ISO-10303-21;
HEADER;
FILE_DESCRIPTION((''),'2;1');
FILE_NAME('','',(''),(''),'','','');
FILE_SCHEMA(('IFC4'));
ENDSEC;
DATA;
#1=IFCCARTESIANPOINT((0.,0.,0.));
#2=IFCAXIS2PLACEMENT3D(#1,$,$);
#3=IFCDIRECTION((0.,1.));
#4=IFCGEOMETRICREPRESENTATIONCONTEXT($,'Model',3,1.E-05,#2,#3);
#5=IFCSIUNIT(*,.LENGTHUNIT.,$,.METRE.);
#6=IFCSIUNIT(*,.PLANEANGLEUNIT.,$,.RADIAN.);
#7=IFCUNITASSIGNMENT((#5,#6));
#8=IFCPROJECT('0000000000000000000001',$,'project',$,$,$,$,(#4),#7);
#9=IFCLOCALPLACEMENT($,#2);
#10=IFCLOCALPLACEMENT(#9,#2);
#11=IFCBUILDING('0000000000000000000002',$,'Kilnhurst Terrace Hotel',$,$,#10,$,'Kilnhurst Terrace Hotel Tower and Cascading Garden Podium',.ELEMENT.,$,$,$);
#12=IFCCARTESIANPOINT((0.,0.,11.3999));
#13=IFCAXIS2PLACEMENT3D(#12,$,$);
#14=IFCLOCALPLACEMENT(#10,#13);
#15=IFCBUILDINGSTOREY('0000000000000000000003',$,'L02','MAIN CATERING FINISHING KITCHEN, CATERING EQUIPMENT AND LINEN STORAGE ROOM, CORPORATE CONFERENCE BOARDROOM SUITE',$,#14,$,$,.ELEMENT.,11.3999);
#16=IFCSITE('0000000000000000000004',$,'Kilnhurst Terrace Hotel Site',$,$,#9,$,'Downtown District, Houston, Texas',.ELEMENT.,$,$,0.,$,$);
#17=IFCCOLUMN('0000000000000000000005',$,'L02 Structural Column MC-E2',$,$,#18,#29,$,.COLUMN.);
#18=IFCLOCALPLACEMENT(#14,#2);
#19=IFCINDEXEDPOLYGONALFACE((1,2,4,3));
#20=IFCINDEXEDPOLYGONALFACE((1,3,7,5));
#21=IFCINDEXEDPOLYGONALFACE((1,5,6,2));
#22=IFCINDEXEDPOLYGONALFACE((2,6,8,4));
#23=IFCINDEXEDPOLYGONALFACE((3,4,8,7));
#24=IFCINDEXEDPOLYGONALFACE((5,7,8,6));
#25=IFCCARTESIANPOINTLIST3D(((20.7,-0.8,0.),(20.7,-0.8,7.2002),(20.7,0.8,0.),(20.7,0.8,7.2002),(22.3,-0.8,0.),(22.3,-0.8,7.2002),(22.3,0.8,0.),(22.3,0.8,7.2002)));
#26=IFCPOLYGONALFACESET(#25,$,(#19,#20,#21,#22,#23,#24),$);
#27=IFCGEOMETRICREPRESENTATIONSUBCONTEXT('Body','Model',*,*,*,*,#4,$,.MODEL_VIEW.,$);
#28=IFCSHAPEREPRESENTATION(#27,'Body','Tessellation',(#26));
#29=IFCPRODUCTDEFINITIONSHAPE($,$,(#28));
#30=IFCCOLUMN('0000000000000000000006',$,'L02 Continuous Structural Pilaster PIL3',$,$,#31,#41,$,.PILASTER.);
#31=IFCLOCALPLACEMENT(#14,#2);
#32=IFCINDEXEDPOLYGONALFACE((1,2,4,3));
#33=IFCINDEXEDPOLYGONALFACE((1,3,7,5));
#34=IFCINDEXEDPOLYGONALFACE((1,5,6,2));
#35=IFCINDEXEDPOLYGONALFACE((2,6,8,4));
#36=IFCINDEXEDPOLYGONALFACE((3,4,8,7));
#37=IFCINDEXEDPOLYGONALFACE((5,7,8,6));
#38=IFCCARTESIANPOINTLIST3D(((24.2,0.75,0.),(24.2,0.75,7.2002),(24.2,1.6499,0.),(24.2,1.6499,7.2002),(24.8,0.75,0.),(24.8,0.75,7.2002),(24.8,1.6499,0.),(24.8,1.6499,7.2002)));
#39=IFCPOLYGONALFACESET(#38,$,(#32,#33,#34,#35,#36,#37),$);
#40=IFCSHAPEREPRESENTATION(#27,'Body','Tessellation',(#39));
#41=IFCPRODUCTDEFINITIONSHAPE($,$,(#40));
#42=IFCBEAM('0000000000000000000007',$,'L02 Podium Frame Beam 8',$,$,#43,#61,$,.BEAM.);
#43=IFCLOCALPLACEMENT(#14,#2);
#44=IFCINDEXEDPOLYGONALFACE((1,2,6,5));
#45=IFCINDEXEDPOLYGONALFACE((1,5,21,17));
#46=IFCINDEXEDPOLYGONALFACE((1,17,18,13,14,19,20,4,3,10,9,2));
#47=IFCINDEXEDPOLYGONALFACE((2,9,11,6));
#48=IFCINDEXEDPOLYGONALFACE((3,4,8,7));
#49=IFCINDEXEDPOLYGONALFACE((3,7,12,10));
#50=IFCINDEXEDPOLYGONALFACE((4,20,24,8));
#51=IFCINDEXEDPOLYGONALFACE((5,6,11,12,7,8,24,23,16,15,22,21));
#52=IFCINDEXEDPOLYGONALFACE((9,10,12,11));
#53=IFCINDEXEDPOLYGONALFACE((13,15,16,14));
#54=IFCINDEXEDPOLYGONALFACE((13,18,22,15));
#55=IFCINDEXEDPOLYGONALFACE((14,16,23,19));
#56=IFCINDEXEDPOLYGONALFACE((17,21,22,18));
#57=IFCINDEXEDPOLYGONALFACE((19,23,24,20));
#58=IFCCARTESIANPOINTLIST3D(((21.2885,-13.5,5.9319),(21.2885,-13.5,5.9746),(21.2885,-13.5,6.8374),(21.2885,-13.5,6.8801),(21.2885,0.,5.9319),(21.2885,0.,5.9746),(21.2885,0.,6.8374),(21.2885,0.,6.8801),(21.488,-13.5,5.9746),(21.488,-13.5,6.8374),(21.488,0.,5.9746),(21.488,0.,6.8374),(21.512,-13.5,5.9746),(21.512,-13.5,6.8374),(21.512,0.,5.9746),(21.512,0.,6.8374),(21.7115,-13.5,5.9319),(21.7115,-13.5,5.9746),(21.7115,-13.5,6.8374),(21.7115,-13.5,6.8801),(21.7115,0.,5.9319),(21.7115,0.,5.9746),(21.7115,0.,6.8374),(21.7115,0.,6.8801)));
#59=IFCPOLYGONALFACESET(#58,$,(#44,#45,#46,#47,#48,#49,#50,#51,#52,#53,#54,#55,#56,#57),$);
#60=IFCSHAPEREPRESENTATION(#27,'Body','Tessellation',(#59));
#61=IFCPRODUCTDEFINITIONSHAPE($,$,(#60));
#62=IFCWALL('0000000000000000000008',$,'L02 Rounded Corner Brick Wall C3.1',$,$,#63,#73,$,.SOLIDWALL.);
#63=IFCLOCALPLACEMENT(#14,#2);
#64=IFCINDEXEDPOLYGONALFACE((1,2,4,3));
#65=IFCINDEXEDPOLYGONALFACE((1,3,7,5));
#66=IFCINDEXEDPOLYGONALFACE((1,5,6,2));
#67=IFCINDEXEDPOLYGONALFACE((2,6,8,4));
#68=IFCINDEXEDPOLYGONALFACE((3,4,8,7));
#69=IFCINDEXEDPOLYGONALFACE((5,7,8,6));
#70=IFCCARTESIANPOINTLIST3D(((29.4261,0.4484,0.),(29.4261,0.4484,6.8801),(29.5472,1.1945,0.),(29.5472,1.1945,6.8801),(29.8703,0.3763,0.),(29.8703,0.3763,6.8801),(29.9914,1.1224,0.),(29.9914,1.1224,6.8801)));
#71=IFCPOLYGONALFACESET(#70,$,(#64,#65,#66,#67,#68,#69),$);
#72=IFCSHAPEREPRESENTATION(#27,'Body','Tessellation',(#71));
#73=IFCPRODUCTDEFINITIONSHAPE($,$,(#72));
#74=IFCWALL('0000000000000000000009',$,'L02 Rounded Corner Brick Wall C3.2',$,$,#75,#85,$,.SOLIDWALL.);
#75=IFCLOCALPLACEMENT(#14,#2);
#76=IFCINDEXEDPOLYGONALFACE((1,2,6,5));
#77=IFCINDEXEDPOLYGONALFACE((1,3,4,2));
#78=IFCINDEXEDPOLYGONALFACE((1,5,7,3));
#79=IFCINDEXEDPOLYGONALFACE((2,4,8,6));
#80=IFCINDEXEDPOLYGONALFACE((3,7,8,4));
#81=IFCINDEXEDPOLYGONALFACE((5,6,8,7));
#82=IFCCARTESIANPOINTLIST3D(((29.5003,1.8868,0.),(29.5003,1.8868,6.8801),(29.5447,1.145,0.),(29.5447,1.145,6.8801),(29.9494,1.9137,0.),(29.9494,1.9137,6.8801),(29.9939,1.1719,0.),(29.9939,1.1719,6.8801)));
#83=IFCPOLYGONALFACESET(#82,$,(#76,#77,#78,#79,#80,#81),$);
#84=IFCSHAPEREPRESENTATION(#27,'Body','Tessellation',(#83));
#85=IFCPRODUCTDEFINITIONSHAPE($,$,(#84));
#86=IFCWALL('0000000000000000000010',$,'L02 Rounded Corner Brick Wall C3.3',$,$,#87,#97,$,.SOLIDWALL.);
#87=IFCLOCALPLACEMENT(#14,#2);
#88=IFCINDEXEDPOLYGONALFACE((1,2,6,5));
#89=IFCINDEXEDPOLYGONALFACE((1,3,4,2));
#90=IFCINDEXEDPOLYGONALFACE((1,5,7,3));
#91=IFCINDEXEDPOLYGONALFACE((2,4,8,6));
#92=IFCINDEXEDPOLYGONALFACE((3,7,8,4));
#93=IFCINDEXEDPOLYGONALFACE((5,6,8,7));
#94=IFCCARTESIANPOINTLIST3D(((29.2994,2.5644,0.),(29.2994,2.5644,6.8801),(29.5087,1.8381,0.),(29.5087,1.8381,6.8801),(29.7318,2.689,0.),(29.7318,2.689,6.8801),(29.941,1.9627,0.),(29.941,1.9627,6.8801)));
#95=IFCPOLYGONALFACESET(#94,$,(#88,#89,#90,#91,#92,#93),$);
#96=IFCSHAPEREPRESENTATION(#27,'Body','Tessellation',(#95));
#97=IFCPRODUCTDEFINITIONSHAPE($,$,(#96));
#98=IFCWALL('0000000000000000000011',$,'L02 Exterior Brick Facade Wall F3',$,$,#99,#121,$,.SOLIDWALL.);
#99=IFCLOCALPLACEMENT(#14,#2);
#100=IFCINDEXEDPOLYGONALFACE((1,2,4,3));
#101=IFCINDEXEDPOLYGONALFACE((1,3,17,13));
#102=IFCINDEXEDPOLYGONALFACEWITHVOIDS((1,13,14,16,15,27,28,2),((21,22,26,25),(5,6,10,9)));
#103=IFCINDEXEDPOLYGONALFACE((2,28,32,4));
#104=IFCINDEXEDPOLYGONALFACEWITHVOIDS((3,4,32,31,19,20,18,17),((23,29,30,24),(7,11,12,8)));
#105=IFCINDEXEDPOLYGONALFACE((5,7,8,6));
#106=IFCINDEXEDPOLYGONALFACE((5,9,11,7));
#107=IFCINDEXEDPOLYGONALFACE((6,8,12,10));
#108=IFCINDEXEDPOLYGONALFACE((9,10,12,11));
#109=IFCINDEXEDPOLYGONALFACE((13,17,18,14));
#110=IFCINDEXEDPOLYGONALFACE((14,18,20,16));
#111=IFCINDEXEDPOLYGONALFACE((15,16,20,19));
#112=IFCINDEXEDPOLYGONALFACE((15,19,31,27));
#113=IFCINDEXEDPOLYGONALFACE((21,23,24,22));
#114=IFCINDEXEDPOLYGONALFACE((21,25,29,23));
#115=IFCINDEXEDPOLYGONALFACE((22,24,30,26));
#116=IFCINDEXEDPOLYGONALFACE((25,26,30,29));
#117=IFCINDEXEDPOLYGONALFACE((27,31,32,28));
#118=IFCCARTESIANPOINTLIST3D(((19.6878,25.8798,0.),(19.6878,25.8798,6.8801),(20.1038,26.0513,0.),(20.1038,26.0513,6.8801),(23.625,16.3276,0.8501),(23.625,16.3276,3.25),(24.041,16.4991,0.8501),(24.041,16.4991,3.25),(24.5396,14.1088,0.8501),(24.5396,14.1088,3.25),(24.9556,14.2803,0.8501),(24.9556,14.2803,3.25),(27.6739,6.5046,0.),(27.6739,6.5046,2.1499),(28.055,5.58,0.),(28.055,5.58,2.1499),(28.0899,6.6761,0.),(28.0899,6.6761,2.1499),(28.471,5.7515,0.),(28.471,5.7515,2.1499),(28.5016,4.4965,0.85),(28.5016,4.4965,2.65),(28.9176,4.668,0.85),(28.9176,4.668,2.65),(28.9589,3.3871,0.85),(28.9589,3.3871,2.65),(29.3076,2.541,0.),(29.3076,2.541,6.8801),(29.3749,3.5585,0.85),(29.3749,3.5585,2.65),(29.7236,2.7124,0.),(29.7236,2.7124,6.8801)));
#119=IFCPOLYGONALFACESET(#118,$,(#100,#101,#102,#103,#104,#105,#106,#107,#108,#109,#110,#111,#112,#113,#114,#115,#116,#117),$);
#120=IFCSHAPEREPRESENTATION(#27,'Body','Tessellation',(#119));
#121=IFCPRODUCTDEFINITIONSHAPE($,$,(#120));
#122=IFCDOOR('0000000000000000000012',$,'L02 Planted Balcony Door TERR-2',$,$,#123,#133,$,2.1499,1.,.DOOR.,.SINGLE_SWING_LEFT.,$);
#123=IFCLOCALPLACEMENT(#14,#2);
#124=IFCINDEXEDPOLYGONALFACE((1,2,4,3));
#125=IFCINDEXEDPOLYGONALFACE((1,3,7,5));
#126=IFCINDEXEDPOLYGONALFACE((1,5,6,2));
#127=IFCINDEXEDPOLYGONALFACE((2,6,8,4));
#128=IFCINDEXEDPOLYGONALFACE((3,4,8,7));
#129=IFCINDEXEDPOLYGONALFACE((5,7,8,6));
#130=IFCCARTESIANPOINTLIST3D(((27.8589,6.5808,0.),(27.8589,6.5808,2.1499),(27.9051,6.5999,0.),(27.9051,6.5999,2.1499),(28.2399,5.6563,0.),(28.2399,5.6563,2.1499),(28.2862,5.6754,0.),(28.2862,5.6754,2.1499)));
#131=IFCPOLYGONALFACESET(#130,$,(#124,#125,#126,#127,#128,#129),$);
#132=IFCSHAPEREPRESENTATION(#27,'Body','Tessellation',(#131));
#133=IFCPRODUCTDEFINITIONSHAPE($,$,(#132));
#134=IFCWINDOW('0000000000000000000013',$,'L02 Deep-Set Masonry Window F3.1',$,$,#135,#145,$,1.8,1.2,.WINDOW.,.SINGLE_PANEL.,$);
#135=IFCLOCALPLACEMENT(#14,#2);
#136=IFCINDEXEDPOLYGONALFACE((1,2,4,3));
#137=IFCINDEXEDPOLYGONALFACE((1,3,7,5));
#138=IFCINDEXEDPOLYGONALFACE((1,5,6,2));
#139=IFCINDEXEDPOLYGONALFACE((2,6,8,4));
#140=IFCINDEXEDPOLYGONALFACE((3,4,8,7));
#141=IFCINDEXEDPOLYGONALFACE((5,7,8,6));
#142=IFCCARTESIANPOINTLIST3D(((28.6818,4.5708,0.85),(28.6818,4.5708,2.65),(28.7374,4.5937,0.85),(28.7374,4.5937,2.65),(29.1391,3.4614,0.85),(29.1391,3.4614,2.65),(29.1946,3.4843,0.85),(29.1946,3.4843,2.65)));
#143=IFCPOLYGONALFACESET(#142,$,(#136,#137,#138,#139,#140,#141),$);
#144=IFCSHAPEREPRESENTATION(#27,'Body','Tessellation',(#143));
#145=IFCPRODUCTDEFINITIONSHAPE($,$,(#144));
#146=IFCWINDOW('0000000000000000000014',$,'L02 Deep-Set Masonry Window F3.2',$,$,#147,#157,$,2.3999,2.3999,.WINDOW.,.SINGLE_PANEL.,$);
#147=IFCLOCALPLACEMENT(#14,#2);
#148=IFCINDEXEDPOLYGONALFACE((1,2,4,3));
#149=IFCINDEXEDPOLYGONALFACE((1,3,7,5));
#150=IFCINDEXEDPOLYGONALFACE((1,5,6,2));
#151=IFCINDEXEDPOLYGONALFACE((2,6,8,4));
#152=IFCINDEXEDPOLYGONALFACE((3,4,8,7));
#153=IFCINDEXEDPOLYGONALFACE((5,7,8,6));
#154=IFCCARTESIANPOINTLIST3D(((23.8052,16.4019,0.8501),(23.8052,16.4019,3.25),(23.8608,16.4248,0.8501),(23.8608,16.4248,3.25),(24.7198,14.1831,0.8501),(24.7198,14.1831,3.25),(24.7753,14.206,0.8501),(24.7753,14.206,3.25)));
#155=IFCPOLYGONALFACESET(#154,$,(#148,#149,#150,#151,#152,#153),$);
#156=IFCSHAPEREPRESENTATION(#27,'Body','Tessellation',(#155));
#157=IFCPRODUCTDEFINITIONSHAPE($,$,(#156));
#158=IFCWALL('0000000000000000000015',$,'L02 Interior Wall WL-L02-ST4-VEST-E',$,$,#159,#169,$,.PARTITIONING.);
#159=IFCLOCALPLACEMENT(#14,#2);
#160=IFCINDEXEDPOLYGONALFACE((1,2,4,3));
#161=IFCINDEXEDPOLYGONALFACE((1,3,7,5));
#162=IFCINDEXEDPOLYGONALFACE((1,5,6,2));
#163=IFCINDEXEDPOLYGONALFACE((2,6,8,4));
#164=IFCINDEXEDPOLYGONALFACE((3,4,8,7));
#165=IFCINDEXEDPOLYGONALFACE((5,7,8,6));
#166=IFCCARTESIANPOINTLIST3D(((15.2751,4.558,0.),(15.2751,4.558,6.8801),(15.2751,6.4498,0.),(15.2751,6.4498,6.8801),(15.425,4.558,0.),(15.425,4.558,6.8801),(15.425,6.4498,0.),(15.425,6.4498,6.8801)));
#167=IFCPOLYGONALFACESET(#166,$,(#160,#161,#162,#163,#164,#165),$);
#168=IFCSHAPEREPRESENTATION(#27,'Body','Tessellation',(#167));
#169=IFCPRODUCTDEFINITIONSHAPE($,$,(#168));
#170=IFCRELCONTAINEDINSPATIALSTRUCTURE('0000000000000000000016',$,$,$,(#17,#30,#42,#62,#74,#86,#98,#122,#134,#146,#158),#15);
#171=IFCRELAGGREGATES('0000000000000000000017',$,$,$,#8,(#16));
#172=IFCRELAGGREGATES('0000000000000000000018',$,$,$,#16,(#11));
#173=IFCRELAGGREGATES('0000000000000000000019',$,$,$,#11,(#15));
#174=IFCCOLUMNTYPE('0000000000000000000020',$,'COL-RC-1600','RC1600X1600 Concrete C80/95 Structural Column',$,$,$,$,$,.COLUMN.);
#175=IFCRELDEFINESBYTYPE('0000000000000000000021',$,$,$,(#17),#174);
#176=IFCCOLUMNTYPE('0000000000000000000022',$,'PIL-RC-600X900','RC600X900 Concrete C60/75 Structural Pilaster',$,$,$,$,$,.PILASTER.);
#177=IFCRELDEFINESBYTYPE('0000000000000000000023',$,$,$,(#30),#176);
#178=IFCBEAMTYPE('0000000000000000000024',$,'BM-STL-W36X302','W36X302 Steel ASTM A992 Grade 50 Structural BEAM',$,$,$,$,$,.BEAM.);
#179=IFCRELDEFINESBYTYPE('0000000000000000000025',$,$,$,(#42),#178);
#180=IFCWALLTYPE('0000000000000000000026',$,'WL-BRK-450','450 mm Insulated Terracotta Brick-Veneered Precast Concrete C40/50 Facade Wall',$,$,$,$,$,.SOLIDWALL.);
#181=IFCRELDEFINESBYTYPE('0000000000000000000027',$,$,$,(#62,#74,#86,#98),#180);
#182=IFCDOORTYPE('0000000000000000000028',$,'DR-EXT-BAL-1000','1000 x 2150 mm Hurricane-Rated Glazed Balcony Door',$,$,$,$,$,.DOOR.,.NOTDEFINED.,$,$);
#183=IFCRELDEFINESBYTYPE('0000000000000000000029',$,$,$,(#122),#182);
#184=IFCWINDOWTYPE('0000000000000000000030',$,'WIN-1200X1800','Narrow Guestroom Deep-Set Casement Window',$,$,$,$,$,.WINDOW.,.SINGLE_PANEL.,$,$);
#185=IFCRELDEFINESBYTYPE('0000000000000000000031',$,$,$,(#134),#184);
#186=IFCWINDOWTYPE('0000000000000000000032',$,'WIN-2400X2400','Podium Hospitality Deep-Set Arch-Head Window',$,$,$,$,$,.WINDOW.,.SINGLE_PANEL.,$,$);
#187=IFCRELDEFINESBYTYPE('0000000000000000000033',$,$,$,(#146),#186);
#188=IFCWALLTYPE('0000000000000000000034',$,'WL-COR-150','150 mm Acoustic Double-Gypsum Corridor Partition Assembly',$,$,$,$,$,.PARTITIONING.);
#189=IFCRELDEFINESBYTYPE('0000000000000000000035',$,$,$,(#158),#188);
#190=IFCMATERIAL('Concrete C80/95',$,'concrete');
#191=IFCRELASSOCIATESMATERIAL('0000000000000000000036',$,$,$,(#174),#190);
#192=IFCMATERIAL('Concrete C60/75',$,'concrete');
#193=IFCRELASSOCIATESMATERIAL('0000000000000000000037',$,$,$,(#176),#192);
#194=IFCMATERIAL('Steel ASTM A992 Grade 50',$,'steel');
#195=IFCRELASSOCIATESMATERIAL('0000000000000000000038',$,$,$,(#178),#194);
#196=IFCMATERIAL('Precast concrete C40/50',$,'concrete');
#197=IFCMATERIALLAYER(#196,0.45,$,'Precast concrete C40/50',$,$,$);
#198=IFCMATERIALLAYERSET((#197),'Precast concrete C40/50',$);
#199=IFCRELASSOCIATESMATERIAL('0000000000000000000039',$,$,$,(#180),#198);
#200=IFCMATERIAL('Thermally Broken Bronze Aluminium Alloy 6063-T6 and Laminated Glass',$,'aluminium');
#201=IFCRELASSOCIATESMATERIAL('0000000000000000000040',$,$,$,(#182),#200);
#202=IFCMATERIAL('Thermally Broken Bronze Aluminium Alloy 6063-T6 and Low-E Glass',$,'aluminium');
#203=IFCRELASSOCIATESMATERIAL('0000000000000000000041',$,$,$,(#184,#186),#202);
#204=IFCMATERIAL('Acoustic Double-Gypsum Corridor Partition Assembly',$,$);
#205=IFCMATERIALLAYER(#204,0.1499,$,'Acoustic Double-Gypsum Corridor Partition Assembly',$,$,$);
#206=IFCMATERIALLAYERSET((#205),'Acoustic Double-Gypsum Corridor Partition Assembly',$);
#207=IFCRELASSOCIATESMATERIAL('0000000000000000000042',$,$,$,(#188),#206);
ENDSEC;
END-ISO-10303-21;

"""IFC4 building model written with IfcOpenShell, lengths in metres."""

from ifc_helpers import new_model, si_unit, direction, frame, frame_2d, origin, origin_2d, place, context, subcontext, project, spatial, rectangle, i_section, extrude, material, layer, layer_set, material_profile, profile_set, type_object, element, fill, save


model = new_model("IFC4")

# Units and contexts
model_context = context("Model", 3, precision=1e-05, world=origin(), true_north=direction((0.0, 1.0)))
body_context = subcontext(model_context, "Body", "Model", "MODEL_VIEW")
ifc_project = project(units=[si_unit("LENGTHUNIT", "METRE"), si_unit("PLANEANGLEUNIT", "RADIAN")], contexts=[model_context])

# Site, building, storey
site_placement = place(None, origin())
site = spatial("IfcSite", under=ifc_project, at=site_placement, Name="Kilnhurst Terrace Hotel Site", LongName="Downtown District, Houston, Texas", CompositionType="ELEMENT", RefElevation=0.0)
building_placement = place(site_placement, origin())
building = spatial("IfcBuilding", under=site, at=building_placement, Name="Kilnhurst Terrace Hotel", LongName="Kilnhurst Terrace Hotel Tower and Cascading Garden Podium", CompositionType="ELEMENT")
storey_placement = place(building_placement, frame((0.0, 0.0, 11.3999)))
storey = spatial("IfcBuildingStorey", under=building, at=storey_placement, Name="L02", Description="MAIN CATERING FINISHING KITCHEN, CATERING EQUIPMENT AND LINEN STORAGE ROOM, CORPORATE CONFERENCE BOARDROOM SUITE", CompositionType="ELEMENT", Elevation=11.3999)

# Columns
ifc_material_1 = material(Name="Concrete C80/95", Category="concrete")
ifc_material_profile_1 = material_profile(ifc_material_1, rectangle(XDim=1.6001, YDim=1.6001, at=origin_2d()), Name="RC1600X1600")
ifc_profile_set_1 = profile_set([ifc_material_profile_1], Name="Concrete C80/95")
column_type_1 = type_object("IfcColumnType", Name="COL-RC-1600", Description="RC1600X1600 Concrete C80/95 Structural Column", PredefinedType="COLUMN", material=ifc_profile_set_1)
column_1_placement = place(storey_placement, frame((21.5, 0.0, 0.0), z_axis=(0.0, 0.0, 1.0), x_axis=(1.0, 0.0, 0.0)))
element("IfcColumn", 1, at=column_1_placement, inside=storey, type_object=column_type_1, Name="L02 Structural Column MC-E2", PredefinedType="COLUMN", context=body_context, shape_type="SweptSolid", body=[
    extrude(rectangle(XDim=1.6001, YDim=1.6001, at=origin_2d()), origin(), (0.0, 0.0, 1.0), 7.2002),
])
ifc_material_2 = material(Name="Concrete C60/75", Category="concrete")
ifc_material_profile_2 = material_profile(ifc_material_2, rectangle(XDim=0.6001, YDim=0.8999, at=origin_2d()), Name="RC600X900")
ifc_profile_set_2 = profile_set([ifc_material_profile_2], Name="Concrete C60/75")
column_type_2 = type_object("IfcColumnType", Name="PIL-RC-600X900", Description="RC600X900 Concrete C60/75 Structural Pilaster", PredefinedType="PILASTER", material=ifc_profile_set_2)
column_2_placement = place(storey_placement, frame((24.5, 1.2, 0.0), z_axis=(0.0, 0.0, 1.0), x_axis=(1.0, 0.0, 0.0)))
element("IfcColumn", 2, at=column_2_placement, inside=storey, type_object=column_type_2, Name="L02 Continuous Structural Pilaster PIL3", PredefinedType="PILASTER", context=body_context, shape_type="SweptSolid", body=[
    extrude(rectangle(XDim=0.6001, YDim=0.8999, at=origin_2d()), origin(), (0.0, 0.0, 1.0), 7.2002),
])

# Beam
ifc_material_3 = material(Name="Steel ASTM A992 Grade 50", Category="steel")
ifc_material_profile_3 = material_profile(ifc_material_3, i_section(OverallWidth=0.4231, OverallDepth=0.9482, WebThickness=0.0239, FlangeThickness=0.0427, at=origin_2d()), Name="W36X302")
ifc_profile_set_3 = profile_set([ifc_material_profile_3], Name="Steel ASTM A992 Grade 50")
beam_type = type_object("IfcBeamType", Name="BM-STL-W36X302", Description="W36X302 Steel ASTM A992 Grade 50 Structural BEAM", PredefinedType="BEAM", material=ifc_profile_set_3)
beam_placement = place(storey_placement, frame((21.5, 0.0, 6.406), z_axis=(0.0, -1.0, 0.0), x_axis=(1.0, 0.0, 0.0)))
element("IfcBeam", 3, at=beam_placement, inside=storey, type_object=beam_type, Name="L02 Podium Frame Beam 8", PredefinedType="BEAM", context=body_context, shape_type="SweptSolid", body=[
    extrude(i_section(OverallWidth=0.4231, OverallDepth=0.9482, WebThickness=0.0239, FlangeThickness=0.0427, at=origin_2d()), origin(), (0.0, 0.0, 1.0), 13.5),
])

# Walls
ifc_material_4 = material(Name="Precast concrete C40/50", Category="concrete")
ifc_layer_1 = layer(ifc_material_4, 0.45, Name="Precast concrete C40/50")
ifc_layer_set_1 = layer_set([ifc_layer_1], Name="Precast concrete C40/50")
wall_type_1 = type_object("IfcWallType", Name="WL-BRK-450", Description="450 mm Insulated Terracotta Brick-Veneered Precast Concrete C40/50 Facade Wall", PredefinedType="SOLIDWALL", material=ifc_layer_set_1)
wall_1_placement = place(storey_placement, frame((29.6482, 0.4124, 0.0), z_axis=(0.0, 0.0, 1.0), x_axis=(0.160207, 0.987083, 0.0)))
element("IfcWall", 4, at=wall_1_placement, inside=storey, type_object=wall_type_1, Name="L02 Rounded Corner Brick Wall C3.1", PredefinedType="SOLIDWALL", context=body_context, shape_type="SweptSolid", body=[
    extrude(rectangle(XDim=0.7559, YDim=0.45, at=frame_2d((0.3779, 0.0))), origin(), (0.0, 0.0, 1.0), 6.8801),
])
wall_2_placement = place(storey_placement, frame((29.7693, 1.1584, 0.0), z_axis=(0.0, 0.0, 1.0), x_axis=(-0.059781, 0.998212, 0.0)))
element("IfcWall", 5, at=wall_2_placement, inside=storey, type_object=wall_type_1, Name="L02 Rounded Corner Brick Wall C3.2", PredefinedType="SOLIDWALL", context=body_context, shape_type="SweptSolid", body=[
    extrude(rectangle(XDim=0.7432, YDim=0.45, at=frame_2d((0.3716, 0.0))), origin(), (0.0, 0.0, 1.0), 6.8801),
])
wall_3_placement = place(storey_placement, frame((29.7249, 1.9004, 0.0), z_axis=(0.0, 0.0, 1.0), x_axis=(-0.276811, 0.960924, 0.0)))
element("IfcWall", 6, at=wall_3_placement, inside=storey, type_object=wall_type_1, Name="L02 Rounded Corner Brick Wall C3.3", PredefinedType="SOLIDWALL", context=body_context, shape_type="SweptSolid", body=[
    extrude(rectangle(XDim=0.7559, YDim=0.45, at=frame_2d((0.3779, 0.0))), origin(), (0.0, 0.0, 1.0), 6.8801),
])

# Wall, openings, door, windows
wall_4_placement = place(storey_placement, frame((29.5156, 2.6267, 0.0), z_axis=(0.0, 0.0, 1.0), x_axis=(-0.38108, 0.924542, 0.0)))
wall_4 = element("IfcWall", 7, at=wall_4_placement, inside=storey, type_object=wall_type_1, Name="L02 Exterior Brick Facade Wall F3", PredefinedType="SOLIDWALL", context=body_context, shape_type="SweptSolid", body=[
    extrude(rectangle(XDim=25.2437, YDim=0.45, at=frame_2d((12.6218, 0.0))), origin(), (0.0, 0.0, 1.0), 6.8801),
])
opening_1_placement = place(wall_4_placement, frame((3.2871, 0.0, 0.0)))
opening_1 = element("IfcOpeningElement", 8, at=opening_1_placement, cuts=wall_4, PredefinedType="OPENING", context=body_context, shape_type="SweptSolid", body=[
    extrude(rectangle(XDim=1.0, YDim=2.1499, at=frame_2d((0.5, 1.075))), frame((0.0, 0.2349, 0.0), z_axis=(0.0, -1.0, 0.0), x_axis=(1.0, 0.0, 0.0)), (0.0, 0.0, 1.0), 0.47),
])
opening_2_placement = place(wall_4_placement, frame((0.915, 0.0, 0.8501)))
opening_2 = element("IfcOpeningElement", 9, at=opening_2_placement, cuts=wall_4, PredefinedType="OPENING", context=body_context, shape_type="SweptSolid", body=[
    extrude(rectangle(XDim=1.2, YDim=1.8, at=frame_2d((0.6001, 0.8999))), frame((0.0, 0.2349, 0.0), z_axis=(0.0, -1.0, 0.0), x_axis=(1.0, 0.0, 0.0)), (0.0, 0.0, 1.0), 0.47),
])
opening_3_placement = place(wall_4_placement, frame((12.512, 0.0, 0.8501)))
opening_3 = element("IfcOpeningElement", 10, at=opening_3_placement, cuts=wall_4, PredefinedType="OPENING", context=body_context, shape_type="SweptSolid", body=[
    extrude(rectangle(XDim=2.3999, YDim=2.3999, at=frame_2d((1.2, 1.2))), frame((0.0, 0.2349, 0.0), z_axis=(0.0, -1.0, 0.0), x_axis=(1.0, 0.0, 0.0)), (0.0, 0.0, 1.0), 0.47),
])
ifc_material_5 = material(Name="Thermally Broken Bronze Aluminium Alloy 6063-T6 and Laminated Glass", Category="aluminium")
door_type_1 = type_object("IfcDoorType", Name="DR-EXT-BAL-1000", Description="1000 x 2150 mm Hurricane-Rated Glazed Balcony Door", OperationType="NOTDEFINED", PredefinedType="DOOR", material=ifc_material_5)
door_1_placement = place(opening_1_placement, origin())
door_1 = element("IfcDoor", 11, at=door_1_placement, inside=storey, type_object=door_type_1, Name="L02 Planted Balcony Door TERR-2", OperationType="SINGLE_SWING_LEFT", OverallHeight=2.1499, OverallWidth=1.0, PredefinedType="DOOR", context=body_context, shape_type="SweptSolid", body=[
    extrude(rectangle(XDim=1.0, YDim=2.1499, at=frame_2d((0.5, 1.075))), frame((0.0, 0.0249, 0.0), z_axis=(0.0, -1.0, 0.0), x_axis=(1.0, 0.0, 0.0)), (0.0, 0.0, 1.0), 0.05),
])
fill(opening_1, door_1)
ifc_material_6 = material(Name="Thermally Broken Bronze Aluminium Alloy 6063-T6 and Low-E Glass", Category="aluminium")
window_type_1 = type_object("IfcWindowType", Name="WIN-1200X1800", Description="Narrow Guestroom Deep-Set Casement Window", PartitioningType="SINGLE_PANEL", PredefinedType="WINDOW", material=ifc_material_6)
window_1_placement = place(opening_2_placement, origin())
window_1 = element("IfcWindow", 12, at=window_1_placement, inside=storey, type_object=window_type_1, Name="L02 Deep-Set Masonry Window F3.1", OverallHeight=1.8, OverallWidth=1.2, PartitioningType="SINGLE_PANEL", PredefinedType="WINDOW", context=body_context, shape_type="SweptSolid", body=[
    extrude(rectangle(XDim=1.2, YDim=1.8, at=frame_2d((0.6001, 0.8999))), frame((0.0, 0.03, 0.0), z_axis=(0.0, -1.0, 0.0), x_axis=(1.0, 0.0, 0.0)), (0.0, 0.0, 1.0), 0.0601),
])
fill(opening_2, window_1)
window_type_2 = type_object("IfcWindowType", Name="WIN-2400X2400", Description="Podium Hospitality Deep-Set Arch-Head Window", PartitioningType="SINGLE_PANEL", PredefinedType="WINDOW", material=ifc_material_6)
window_2_placement = place(opening_3_placement, origin())
window_2 = element("IfcWindow", 13, at=window_2_placement, inside=storey, type_object=window_type_2, Name="L02 Deep-Set Masonry Window F3.2", OverallHeight=2.3999, OverallWidth=2.3999, PartitioningType="SINGLE_PANEL", PredefinedType="WINDOW", context=body_context, shape_type="SweptSolid", body=[
    extrude(rectangle(XDim=2.3999, YDim=2.3999, at=frame_2d((1.2, 1.2))), frame((0.0, 0.03, 0.0), z_axis=(0.0, -1.0, 0.0), x_axis=(1.0, 0.0, 0.0)), (0.0, 0.0, 1.0), 0.0601),
])
fill(opening_3, window_2)

# Wall
ifc_material_7 = material(Name="Acoustic Double-Gypsum Corridor Partition Assembly")
ifc_layer_2 = layer(ifc_material_7, 0.1499, Name="Acoustic Double-Gypsum Corridor Partition Assembly")
ifc_layer_set_2 = layer_set([ifc_layer_2], Name="Acoustic Double-Gypsum Corridor Partition Assembly")
wall_type_2 = type_object("IfcWallType", Name="WL-COR-150", Description="150 mm Acoustic Double-Gypsum Corridor Partition Assembly", PredefinedType="PARTITIONING", material=ifc_layer_set_2)
wall_5_placement = place(storey_placement, frame((15.3501, 4.5581, 0.0), z_axis=(0.0, 0.0, 1.0), x_axis=(0.0, 1.0, 0.0)))
element("IfcWall", 14, at=wall_5_placement, inside=storey, type_object=wall_type_2, Name="L02 Interior Wall WL-L02-ST4-VEST-E", PredefinedType="PARTITIONING", context=body_context, shape_type="SweptSolid", body=[
    extrude(rectangle(XDim=1.8918, YDim=0.1499, at=frame_2d((0.9458, 0.0))), origin(), (0.0, 0.0, 1.0), 6.8801),
])

save(model, "model.ifc")
